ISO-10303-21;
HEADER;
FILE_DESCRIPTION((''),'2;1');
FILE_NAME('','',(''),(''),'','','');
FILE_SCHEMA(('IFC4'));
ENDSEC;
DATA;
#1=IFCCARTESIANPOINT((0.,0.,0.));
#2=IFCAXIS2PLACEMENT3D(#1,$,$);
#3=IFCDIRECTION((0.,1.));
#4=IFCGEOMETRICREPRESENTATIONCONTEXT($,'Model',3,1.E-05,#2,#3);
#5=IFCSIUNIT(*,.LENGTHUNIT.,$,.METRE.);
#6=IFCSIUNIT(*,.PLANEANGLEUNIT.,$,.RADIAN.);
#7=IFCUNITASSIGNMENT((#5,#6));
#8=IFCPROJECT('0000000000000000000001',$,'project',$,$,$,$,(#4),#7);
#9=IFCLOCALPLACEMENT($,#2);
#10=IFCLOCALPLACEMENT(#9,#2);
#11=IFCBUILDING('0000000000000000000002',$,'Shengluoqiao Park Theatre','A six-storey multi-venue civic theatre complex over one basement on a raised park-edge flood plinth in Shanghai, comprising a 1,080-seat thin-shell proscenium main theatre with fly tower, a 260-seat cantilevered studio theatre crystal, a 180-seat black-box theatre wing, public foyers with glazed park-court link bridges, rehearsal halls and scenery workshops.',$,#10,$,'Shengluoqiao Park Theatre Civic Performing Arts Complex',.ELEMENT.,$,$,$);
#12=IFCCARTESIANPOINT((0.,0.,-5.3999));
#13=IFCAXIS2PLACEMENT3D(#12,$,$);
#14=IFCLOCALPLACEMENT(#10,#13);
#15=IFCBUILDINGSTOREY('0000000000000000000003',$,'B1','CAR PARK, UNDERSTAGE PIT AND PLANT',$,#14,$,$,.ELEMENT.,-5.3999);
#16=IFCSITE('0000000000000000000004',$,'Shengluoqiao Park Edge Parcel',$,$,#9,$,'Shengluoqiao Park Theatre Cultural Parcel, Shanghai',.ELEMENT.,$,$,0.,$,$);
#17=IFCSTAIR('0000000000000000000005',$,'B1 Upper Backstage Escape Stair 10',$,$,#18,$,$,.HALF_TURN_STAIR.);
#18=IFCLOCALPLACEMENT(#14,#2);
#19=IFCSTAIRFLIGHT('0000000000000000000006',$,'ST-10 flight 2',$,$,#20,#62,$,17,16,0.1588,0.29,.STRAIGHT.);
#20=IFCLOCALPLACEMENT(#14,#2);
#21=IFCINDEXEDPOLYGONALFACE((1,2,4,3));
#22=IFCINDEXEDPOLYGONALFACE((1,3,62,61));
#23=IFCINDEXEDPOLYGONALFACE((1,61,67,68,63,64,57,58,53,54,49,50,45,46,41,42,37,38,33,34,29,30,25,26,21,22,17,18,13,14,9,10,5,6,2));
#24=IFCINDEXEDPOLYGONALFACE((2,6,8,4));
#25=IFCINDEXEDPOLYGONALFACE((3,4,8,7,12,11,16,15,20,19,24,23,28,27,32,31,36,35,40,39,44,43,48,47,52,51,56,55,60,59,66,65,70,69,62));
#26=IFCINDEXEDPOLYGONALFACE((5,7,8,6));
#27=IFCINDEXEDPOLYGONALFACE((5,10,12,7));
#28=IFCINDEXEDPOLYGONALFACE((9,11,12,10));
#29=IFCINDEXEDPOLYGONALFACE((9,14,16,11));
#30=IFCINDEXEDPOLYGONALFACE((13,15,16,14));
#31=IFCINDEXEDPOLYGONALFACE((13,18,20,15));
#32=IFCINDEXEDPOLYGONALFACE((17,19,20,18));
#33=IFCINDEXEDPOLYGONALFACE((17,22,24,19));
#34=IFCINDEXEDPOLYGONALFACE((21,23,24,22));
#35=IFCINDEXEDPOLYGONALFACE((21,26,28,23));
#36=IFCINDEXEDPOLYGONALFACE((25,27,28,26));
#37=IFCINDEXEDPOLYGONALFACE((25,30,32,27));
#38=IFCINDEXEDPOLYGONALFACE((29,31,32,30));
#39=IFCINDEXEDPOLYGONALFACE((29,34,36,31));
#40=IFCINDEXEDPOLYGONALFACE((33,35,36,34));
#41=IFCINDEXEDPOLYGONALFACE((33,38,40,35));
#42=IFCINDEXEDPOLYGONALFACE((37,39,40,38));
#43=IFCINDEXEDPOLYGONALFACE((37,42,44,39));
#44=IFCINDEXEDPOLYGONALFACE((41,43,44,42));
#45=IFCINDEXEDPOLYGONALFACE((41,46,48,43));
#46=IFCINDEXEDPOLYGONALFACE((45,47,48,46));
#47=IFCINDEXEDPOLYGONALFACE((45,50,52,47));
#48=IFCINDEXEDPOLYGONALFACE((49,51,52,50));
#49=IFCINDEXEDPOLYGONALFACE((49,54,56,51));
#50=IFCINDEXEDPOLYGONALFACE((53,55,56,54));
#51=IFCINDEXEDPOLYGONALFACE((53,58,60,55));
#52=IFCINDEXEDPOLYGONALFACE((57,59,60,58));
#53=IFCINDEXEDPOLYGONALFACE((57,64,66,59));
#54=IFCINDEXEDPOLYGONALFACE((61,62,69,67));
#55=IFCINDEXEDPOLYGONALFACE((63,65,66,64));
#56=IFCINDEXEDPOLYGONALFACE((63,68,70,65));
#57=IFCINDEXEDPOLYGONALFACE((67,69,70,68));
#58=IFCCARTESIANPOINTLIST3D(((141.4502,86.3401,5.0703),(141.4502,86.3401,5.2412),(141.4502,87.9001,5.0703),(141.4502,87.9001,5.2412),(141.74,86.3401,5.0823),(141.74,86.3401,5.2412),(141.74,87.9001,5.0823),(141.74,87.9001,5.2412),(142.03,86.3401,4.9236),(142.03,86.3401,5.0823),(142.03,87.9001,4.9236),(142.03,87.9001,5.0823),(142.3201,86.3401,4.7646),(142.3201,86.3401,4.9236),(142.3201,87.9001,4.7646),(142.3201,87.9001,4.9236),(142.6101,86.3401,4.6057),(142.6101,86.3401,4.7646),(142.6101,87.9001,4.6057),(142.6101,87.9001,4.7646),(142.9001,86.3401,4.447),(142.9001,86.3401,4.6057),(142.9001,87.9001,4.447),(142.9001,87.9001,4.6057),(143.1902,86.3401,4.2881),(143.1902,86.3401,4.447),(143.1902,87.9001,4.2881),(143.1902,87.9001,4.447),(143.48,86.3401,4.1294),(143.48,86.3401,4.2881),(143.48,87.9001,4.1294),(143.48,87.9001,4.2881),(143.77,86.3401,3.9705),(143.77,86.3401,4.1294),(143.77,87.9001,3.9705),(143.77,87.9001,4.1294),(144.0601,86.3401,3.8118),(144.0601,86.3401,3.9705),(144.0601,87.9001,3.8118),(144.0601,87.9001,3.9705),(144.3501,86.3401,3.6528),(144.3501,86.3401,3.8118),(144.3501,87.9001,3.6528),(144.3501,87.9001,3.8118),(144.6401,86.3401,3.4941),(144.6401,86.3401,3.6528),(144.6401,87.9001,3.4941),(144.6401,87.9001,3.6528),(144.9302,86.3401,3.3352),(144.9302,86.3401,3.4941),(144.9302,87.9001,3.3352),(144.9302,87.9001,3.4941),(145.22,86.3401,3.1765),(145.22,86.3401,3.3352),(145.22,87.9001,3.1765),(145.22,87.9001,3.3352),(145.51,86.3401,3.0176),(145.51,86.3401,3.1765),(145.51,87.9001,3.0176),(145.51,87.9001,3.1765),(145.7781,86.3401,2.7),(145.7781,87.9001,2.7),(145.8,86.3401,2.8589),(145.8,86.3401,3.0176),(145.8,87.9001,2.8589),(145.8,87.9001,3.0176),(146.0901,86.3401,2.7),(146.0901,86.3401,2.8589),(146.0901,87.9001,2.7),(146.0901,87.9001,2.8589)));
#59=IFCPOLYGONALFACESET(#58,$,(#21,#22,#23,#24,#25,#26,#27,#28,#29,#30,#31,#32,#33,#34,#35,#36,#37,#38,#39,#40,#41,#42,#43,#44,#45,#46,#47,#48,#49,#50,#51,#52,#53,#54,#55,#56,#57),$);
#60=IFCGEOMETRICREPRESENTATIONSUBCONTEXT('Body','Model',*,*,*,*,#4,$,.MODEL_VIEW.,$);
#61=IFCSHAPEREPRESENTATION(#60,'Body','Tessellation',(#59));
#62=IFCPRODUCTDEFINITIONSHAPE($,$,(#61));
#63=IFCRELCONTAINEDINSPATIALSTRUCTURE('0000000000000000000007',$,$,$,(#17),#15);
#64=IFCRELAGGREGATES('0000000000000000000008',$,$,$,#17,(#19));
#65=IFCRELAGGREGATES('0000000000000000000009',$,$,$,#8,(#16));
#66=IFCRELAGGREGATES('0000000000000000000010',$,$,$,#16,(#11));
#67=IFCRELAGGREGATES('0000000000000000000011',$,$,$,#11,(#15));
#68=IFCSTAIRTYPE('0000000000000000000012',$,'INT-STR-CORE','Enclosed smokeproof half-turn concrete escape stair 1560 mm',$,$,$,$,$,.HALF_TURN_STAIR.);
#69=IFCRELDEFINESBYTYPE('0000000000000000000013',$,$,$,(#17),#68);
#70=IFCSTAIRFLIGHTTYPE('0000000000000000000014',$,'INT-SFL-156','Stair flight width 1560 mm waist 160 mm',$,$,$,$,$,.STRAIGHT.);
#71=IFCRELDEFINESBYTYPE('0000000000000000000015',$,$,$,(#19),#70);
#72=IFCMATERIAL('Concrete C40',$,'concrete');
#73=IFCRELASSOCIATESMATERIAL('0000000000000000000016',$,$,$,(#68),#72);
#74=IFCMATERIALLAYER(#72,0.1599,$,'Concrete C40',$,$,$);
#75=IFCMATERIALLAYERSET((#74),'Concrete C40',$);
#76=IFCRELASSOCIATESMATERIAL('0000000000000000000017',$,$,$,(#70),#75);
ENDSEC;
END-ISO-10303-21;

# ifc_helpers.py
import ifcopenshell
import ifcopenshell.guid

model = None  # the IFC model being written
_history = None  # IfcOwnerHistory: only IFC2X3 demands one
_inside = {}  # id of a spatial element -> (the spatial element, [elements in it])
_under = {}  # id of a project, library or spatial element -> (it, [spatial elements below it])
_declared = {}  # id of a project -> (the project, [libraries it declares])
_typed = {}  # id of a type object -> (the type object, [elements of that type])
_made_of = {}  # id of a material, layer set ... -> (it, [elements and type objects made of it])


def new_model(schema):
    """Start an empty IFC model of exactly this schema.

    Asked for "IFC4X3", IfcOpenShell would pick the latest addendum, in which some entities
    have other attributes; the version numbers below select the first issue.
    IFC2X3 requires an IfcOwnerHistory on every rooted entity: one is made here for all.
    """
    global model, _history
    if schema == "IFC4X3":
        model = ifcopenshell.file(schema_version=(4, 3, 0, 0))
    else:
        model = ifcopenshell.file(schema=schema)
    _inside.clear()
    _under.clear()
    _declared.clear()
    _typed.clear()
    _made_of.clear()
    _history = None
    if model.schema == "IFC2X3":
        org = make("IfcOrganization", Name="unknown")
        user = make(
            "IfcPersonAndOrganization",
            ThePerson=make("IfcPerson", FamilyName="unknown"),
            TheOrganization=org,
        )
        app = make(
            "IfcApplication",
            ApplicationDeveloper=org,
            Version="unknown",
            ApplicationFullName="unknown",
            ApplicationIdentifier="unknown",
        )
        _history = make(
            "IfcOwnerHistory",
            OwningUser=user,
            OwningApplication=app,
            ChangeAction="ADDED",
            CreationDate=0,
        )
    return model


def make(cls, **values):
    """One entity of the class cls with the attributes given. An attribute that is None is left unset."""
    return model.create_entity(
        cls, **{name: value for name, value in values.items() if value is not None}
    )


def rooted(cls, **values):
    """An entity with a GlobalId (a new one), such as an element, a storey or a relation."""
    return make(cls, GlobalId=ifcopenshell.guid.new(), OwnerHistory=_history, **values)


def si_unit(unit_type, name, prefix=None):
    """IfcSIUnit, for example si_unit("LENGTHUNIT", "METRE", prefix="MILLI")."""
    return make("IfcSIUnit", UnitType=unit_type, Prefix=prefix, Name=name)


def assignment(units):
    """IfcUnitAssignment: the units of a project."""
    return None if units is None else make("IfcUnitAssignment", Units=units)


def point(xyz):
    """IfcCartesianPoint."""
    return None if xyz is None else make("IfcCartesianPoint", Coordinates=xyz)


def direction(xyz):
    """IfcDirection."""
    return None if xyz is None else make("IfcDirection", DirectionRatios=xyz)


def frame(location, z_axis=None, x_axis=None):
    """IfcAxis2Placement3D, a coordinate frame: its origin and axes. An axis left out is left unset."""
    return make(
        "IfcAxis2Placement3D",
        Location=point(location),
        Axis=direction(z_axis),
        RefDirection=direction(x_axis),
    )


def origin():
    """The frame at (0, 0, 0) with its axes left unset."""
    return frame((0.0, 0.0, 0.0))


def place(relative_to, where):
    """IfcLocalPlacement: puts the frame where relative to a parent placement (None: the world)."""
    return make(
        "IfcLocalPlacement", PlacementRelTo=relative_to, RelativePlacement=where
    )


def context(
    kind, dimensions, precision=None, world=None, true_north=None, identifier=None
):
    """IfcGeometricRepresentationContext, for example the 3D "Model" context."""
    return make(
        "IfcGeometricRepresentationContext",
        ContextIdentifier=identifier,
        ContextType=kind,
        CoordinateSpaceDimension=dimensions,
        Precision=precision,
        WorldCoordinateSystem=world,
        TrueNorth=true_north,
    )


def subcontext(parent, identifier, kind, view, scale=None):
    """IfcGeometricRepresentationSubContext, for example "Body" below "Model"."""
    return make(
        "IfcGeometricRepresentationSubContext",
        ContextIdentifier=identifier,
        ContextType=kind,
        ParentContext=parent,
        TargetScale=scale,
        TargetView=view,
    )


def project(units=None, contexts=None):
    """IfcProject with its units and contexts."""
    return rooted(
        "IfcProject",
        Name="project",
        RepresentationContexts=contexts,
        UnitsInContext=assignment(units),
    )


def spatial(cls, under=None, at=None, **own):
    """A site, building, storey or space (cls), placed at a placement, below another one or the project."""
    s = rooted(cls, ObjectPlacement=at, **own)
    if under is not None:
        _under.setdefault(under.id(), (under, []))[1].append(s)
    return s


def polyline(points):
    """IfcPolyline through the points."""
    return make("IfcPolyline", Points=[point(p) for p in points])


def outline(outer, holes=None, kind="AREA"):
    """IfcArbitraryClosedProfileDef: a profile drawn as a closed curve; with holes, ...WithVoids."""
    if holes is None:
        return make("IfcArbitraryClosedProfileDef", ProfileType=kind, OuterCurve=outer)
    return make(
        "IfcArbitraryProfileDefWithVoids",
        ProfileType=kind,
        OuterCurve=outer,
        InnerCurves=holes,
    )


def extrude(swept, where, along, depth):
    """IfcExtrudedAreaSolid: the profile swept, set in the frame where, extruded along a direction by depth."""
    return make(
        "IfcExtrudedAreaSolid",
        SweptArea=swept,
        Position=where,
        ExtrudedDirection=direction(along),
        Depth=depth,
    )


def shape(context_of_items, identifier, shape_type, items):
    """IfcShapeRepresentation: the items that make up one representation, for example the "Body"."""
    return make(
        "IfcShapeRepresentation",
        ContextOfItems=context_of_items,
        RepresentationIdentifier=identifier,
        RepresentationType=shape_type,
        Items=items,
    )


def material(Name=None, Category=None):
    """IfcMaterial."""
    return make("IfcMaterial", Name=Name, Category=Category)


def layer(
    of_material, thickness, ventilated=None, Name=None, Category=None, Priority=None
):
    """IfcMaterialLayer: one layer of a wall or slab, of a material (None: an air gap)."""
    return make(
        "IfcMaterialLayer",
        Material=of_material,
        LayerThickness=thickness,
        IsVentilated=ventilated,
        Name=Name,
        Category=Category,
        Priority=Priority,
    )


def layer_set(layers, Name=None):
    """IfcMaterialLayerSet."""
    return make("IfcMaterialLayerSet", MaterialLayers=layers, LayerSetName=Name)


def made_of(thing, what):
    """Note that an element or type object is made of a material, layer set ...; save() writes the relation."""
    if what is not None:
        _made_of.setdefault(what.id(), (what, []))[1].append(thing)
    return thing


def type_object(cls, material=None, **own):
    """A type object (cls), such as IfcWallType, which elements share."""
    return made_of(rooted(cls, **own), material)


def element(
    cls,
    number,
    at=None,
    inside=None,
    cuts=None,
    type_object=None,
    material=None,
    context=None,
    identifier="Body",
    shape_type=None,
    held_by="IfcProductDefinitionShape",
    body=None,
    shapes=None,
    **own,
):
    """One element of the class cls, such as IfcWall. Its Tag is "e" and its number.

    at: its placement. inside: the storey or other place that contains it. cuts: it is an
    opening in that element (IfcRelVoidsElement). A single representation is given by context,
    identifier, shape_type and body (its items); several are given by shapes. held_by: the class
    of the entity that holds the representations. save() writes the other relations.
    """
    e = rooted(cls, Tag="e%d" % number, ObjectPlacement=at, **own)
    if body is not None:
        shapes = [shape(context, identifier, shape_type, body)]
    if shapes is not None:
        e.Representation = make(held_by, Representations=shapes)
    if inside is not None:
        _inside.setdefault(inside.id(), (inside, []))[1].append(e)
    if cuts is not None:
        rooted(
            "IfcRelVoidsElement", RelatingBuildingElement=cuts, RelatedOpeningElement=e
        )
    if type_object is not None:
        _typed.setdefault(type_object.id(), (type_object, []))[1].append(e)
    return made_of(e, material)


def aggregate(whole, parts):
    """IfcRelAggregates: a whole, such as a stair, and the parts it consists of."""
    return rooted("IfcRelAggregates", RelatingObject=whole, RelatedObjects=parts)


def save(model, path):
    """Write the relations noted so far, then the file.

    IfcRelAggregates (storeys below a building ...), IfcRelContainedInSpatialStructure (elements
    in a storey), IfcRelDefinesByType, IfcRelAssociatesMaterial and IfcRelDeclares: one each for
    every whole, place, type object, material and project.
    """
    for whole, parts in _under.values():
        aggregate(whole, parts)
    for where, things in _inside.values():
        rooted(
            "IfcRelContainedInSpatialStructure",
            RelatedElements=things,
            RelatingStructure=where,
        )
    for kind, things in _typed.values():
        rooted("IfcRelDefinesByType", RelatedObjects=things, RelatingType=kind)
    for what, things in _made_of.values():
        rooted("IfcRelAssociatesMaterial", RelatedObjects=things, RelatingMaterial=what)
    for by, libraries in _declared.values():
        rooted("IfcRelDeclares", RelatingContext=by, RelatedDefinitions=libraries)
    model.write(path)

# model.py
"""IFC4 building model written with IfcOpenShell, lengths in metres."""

from ifc_helpers import new_model, si_unit, direction, frame, origin, place, context, subcontext, project, spatial, polyline, outline, extrude, material, layer, layer_set, type_object, element, aggregate, save


model = new_model("IFC4")

# Units and contexts
model_context = context("Model", 3, precision=1e-05, world=origin(), true_north=direction((0.0, 1.0)))
body_context = subcontext(model_context, "Body", "Model", "MODEL_VIEW")
ifc_project = project(units=[si_unit("LENGTHUNIT", "METRE"), si_unit("PLANEANGLEUNIT", "RADIAN")], contexts=[model_context])

# Site, building, storey
site_placement = place(None, origin())
site = spatial("IfcSite", under=ifc_project, at=site_placement, Name="Shengluoqiao Park Edge Parcel", LongName="Shengluoqiao Park Theatre Cultural Parcel, Shanghai", CompositionType="ELEMENT", RefElevation=0.0)
building_placement = place(site_placement, origin())
building = spatial("IfcBuilding", under=site, at=building_placement, Name="Shengluoqiao Park Theatre", Description="A six-storey multi-venue civic theatre complex over one basement on a raised park-edge flood plinth in Shanghai, comprising a 1,080-seat thin-shell proscenium main theatre with fly tower, a 260-seat cantilevered studio theatre crystal, a 180-seat black-box theatre wing, public foyers with glazed park-court link bridges, rehearsal halls and scenery workshops.", LongName="Shengluoqiao Park Theatre Civic Performing Arts Complex", CompositionType="ELEMENT")
storey_placement = place(building_placement, frame((0.0, 0.0, -5.3999)))
storey = spatial("IfcBuildingStorey", under=building, at=storey_placement, Name="B1", Description="CAR PARK, UNDERSTAGE PIT AND PLANT", CompositionType="ELEMENT", Elevation=-5.3999)

# Shared definitions
ifc_material_1 = material(Name="Concrete C40", Category="concrete")

# Stair, stair flight
stair_type = type_object("IfcStairType", Name="INT-STR-CORE", Description="Enclosed smokeproof half-turn concrete escape stair 1560 mm", PredefinedType="HALF_TURN_STAIR", material=ifc_material_1)
stair_placement = place(storey_placement, origin())
stair = element("IfcStair", 1, at=stair_placement, inside=storey, type_object=stair_type, Name="B1 Upper Backstage Escape Stair 10", PredefinedType="HALF_TURN_STAIR")
ifc_layer_1 = layer(ifc_material_1, 0.1599, Name="Concrete C40")
ifc_layer_set_1 = layer_set([ifc_layer_1], Name="Concrete C40")
stair_flight_type = type_object("IfcStairFlightType", Name="INT-SFL-156", Description="Stair flight width 1560 mm waist 160 mm", PredefinedType="STRAIGHT", material=ifc_layer_set_1)
stair_flight_1_placement = place(storey_placement, frame((146.0901, 87.1201, 2.7), z_axis=(0.0, 0.0, 1.0), x_axis=(-1.0, 0.0, 0.0)))
stair_flight_1 = element("IfcStairFlight", 2, at=stair_flight_1_placement, type_object=stair_flight_type, Name="ST-10 flight 2", NumberOfRisers=17, NumberOfTreads=16, PredefinedType="STRAIGHT", RiserHeight=0.1588, TreadLength=0.29, context=body_context, shape_type="SweptSolid", body=[
    extrude(outline(polyline([(0.0, 0.0), (0.0, 0.1589), (0.29, 0.1589), (0.29, 0.3176), (0.5801, 0.3176), (0.5801, 0.4766), (0.8701, 0.4766), (0.8701, 0.6353), (1.1599, 0.6353), (1.1599, 0.7942), (1.45, 0.7942), (1.45, 0.9529), (1.74, 0.9529), (1.74, 1.1118), (2.03, 1.1118), (2.03, 1.2705), (2.3201, 1.2705), (2.3201, 1.4294), (2.6101, 1.4294), (2.6101, 1.5881), (2.8999, 1.5881), (2.8999, 1.7471), (3.1899, 1.7471), (3.1899, 1.9058), (3.48, 1.9058), (3.48, 2.0647), (3.77, 2.0647), (3.77, 2.2236), (4.0601, 2.2236), (4.0601, 2.3823), (4.3501, 2.3823), (4.3501, 2.5413), (4.6399, 2.5413), (4.6399, 2.7), (4.6399, 2.3704), (0.312, 0.0), (0.0, 0.0)])), frame((0.0, 0.78, 0.0), z_axis=(0.0, -1.0, 0.0), x_axis=(1.0, 0.0, 0.0)), (0.0, 0.0, 1.0), 1.5601),
])
aggregate(stair, [stair_flight_1])

save(model, "model.ifc")
